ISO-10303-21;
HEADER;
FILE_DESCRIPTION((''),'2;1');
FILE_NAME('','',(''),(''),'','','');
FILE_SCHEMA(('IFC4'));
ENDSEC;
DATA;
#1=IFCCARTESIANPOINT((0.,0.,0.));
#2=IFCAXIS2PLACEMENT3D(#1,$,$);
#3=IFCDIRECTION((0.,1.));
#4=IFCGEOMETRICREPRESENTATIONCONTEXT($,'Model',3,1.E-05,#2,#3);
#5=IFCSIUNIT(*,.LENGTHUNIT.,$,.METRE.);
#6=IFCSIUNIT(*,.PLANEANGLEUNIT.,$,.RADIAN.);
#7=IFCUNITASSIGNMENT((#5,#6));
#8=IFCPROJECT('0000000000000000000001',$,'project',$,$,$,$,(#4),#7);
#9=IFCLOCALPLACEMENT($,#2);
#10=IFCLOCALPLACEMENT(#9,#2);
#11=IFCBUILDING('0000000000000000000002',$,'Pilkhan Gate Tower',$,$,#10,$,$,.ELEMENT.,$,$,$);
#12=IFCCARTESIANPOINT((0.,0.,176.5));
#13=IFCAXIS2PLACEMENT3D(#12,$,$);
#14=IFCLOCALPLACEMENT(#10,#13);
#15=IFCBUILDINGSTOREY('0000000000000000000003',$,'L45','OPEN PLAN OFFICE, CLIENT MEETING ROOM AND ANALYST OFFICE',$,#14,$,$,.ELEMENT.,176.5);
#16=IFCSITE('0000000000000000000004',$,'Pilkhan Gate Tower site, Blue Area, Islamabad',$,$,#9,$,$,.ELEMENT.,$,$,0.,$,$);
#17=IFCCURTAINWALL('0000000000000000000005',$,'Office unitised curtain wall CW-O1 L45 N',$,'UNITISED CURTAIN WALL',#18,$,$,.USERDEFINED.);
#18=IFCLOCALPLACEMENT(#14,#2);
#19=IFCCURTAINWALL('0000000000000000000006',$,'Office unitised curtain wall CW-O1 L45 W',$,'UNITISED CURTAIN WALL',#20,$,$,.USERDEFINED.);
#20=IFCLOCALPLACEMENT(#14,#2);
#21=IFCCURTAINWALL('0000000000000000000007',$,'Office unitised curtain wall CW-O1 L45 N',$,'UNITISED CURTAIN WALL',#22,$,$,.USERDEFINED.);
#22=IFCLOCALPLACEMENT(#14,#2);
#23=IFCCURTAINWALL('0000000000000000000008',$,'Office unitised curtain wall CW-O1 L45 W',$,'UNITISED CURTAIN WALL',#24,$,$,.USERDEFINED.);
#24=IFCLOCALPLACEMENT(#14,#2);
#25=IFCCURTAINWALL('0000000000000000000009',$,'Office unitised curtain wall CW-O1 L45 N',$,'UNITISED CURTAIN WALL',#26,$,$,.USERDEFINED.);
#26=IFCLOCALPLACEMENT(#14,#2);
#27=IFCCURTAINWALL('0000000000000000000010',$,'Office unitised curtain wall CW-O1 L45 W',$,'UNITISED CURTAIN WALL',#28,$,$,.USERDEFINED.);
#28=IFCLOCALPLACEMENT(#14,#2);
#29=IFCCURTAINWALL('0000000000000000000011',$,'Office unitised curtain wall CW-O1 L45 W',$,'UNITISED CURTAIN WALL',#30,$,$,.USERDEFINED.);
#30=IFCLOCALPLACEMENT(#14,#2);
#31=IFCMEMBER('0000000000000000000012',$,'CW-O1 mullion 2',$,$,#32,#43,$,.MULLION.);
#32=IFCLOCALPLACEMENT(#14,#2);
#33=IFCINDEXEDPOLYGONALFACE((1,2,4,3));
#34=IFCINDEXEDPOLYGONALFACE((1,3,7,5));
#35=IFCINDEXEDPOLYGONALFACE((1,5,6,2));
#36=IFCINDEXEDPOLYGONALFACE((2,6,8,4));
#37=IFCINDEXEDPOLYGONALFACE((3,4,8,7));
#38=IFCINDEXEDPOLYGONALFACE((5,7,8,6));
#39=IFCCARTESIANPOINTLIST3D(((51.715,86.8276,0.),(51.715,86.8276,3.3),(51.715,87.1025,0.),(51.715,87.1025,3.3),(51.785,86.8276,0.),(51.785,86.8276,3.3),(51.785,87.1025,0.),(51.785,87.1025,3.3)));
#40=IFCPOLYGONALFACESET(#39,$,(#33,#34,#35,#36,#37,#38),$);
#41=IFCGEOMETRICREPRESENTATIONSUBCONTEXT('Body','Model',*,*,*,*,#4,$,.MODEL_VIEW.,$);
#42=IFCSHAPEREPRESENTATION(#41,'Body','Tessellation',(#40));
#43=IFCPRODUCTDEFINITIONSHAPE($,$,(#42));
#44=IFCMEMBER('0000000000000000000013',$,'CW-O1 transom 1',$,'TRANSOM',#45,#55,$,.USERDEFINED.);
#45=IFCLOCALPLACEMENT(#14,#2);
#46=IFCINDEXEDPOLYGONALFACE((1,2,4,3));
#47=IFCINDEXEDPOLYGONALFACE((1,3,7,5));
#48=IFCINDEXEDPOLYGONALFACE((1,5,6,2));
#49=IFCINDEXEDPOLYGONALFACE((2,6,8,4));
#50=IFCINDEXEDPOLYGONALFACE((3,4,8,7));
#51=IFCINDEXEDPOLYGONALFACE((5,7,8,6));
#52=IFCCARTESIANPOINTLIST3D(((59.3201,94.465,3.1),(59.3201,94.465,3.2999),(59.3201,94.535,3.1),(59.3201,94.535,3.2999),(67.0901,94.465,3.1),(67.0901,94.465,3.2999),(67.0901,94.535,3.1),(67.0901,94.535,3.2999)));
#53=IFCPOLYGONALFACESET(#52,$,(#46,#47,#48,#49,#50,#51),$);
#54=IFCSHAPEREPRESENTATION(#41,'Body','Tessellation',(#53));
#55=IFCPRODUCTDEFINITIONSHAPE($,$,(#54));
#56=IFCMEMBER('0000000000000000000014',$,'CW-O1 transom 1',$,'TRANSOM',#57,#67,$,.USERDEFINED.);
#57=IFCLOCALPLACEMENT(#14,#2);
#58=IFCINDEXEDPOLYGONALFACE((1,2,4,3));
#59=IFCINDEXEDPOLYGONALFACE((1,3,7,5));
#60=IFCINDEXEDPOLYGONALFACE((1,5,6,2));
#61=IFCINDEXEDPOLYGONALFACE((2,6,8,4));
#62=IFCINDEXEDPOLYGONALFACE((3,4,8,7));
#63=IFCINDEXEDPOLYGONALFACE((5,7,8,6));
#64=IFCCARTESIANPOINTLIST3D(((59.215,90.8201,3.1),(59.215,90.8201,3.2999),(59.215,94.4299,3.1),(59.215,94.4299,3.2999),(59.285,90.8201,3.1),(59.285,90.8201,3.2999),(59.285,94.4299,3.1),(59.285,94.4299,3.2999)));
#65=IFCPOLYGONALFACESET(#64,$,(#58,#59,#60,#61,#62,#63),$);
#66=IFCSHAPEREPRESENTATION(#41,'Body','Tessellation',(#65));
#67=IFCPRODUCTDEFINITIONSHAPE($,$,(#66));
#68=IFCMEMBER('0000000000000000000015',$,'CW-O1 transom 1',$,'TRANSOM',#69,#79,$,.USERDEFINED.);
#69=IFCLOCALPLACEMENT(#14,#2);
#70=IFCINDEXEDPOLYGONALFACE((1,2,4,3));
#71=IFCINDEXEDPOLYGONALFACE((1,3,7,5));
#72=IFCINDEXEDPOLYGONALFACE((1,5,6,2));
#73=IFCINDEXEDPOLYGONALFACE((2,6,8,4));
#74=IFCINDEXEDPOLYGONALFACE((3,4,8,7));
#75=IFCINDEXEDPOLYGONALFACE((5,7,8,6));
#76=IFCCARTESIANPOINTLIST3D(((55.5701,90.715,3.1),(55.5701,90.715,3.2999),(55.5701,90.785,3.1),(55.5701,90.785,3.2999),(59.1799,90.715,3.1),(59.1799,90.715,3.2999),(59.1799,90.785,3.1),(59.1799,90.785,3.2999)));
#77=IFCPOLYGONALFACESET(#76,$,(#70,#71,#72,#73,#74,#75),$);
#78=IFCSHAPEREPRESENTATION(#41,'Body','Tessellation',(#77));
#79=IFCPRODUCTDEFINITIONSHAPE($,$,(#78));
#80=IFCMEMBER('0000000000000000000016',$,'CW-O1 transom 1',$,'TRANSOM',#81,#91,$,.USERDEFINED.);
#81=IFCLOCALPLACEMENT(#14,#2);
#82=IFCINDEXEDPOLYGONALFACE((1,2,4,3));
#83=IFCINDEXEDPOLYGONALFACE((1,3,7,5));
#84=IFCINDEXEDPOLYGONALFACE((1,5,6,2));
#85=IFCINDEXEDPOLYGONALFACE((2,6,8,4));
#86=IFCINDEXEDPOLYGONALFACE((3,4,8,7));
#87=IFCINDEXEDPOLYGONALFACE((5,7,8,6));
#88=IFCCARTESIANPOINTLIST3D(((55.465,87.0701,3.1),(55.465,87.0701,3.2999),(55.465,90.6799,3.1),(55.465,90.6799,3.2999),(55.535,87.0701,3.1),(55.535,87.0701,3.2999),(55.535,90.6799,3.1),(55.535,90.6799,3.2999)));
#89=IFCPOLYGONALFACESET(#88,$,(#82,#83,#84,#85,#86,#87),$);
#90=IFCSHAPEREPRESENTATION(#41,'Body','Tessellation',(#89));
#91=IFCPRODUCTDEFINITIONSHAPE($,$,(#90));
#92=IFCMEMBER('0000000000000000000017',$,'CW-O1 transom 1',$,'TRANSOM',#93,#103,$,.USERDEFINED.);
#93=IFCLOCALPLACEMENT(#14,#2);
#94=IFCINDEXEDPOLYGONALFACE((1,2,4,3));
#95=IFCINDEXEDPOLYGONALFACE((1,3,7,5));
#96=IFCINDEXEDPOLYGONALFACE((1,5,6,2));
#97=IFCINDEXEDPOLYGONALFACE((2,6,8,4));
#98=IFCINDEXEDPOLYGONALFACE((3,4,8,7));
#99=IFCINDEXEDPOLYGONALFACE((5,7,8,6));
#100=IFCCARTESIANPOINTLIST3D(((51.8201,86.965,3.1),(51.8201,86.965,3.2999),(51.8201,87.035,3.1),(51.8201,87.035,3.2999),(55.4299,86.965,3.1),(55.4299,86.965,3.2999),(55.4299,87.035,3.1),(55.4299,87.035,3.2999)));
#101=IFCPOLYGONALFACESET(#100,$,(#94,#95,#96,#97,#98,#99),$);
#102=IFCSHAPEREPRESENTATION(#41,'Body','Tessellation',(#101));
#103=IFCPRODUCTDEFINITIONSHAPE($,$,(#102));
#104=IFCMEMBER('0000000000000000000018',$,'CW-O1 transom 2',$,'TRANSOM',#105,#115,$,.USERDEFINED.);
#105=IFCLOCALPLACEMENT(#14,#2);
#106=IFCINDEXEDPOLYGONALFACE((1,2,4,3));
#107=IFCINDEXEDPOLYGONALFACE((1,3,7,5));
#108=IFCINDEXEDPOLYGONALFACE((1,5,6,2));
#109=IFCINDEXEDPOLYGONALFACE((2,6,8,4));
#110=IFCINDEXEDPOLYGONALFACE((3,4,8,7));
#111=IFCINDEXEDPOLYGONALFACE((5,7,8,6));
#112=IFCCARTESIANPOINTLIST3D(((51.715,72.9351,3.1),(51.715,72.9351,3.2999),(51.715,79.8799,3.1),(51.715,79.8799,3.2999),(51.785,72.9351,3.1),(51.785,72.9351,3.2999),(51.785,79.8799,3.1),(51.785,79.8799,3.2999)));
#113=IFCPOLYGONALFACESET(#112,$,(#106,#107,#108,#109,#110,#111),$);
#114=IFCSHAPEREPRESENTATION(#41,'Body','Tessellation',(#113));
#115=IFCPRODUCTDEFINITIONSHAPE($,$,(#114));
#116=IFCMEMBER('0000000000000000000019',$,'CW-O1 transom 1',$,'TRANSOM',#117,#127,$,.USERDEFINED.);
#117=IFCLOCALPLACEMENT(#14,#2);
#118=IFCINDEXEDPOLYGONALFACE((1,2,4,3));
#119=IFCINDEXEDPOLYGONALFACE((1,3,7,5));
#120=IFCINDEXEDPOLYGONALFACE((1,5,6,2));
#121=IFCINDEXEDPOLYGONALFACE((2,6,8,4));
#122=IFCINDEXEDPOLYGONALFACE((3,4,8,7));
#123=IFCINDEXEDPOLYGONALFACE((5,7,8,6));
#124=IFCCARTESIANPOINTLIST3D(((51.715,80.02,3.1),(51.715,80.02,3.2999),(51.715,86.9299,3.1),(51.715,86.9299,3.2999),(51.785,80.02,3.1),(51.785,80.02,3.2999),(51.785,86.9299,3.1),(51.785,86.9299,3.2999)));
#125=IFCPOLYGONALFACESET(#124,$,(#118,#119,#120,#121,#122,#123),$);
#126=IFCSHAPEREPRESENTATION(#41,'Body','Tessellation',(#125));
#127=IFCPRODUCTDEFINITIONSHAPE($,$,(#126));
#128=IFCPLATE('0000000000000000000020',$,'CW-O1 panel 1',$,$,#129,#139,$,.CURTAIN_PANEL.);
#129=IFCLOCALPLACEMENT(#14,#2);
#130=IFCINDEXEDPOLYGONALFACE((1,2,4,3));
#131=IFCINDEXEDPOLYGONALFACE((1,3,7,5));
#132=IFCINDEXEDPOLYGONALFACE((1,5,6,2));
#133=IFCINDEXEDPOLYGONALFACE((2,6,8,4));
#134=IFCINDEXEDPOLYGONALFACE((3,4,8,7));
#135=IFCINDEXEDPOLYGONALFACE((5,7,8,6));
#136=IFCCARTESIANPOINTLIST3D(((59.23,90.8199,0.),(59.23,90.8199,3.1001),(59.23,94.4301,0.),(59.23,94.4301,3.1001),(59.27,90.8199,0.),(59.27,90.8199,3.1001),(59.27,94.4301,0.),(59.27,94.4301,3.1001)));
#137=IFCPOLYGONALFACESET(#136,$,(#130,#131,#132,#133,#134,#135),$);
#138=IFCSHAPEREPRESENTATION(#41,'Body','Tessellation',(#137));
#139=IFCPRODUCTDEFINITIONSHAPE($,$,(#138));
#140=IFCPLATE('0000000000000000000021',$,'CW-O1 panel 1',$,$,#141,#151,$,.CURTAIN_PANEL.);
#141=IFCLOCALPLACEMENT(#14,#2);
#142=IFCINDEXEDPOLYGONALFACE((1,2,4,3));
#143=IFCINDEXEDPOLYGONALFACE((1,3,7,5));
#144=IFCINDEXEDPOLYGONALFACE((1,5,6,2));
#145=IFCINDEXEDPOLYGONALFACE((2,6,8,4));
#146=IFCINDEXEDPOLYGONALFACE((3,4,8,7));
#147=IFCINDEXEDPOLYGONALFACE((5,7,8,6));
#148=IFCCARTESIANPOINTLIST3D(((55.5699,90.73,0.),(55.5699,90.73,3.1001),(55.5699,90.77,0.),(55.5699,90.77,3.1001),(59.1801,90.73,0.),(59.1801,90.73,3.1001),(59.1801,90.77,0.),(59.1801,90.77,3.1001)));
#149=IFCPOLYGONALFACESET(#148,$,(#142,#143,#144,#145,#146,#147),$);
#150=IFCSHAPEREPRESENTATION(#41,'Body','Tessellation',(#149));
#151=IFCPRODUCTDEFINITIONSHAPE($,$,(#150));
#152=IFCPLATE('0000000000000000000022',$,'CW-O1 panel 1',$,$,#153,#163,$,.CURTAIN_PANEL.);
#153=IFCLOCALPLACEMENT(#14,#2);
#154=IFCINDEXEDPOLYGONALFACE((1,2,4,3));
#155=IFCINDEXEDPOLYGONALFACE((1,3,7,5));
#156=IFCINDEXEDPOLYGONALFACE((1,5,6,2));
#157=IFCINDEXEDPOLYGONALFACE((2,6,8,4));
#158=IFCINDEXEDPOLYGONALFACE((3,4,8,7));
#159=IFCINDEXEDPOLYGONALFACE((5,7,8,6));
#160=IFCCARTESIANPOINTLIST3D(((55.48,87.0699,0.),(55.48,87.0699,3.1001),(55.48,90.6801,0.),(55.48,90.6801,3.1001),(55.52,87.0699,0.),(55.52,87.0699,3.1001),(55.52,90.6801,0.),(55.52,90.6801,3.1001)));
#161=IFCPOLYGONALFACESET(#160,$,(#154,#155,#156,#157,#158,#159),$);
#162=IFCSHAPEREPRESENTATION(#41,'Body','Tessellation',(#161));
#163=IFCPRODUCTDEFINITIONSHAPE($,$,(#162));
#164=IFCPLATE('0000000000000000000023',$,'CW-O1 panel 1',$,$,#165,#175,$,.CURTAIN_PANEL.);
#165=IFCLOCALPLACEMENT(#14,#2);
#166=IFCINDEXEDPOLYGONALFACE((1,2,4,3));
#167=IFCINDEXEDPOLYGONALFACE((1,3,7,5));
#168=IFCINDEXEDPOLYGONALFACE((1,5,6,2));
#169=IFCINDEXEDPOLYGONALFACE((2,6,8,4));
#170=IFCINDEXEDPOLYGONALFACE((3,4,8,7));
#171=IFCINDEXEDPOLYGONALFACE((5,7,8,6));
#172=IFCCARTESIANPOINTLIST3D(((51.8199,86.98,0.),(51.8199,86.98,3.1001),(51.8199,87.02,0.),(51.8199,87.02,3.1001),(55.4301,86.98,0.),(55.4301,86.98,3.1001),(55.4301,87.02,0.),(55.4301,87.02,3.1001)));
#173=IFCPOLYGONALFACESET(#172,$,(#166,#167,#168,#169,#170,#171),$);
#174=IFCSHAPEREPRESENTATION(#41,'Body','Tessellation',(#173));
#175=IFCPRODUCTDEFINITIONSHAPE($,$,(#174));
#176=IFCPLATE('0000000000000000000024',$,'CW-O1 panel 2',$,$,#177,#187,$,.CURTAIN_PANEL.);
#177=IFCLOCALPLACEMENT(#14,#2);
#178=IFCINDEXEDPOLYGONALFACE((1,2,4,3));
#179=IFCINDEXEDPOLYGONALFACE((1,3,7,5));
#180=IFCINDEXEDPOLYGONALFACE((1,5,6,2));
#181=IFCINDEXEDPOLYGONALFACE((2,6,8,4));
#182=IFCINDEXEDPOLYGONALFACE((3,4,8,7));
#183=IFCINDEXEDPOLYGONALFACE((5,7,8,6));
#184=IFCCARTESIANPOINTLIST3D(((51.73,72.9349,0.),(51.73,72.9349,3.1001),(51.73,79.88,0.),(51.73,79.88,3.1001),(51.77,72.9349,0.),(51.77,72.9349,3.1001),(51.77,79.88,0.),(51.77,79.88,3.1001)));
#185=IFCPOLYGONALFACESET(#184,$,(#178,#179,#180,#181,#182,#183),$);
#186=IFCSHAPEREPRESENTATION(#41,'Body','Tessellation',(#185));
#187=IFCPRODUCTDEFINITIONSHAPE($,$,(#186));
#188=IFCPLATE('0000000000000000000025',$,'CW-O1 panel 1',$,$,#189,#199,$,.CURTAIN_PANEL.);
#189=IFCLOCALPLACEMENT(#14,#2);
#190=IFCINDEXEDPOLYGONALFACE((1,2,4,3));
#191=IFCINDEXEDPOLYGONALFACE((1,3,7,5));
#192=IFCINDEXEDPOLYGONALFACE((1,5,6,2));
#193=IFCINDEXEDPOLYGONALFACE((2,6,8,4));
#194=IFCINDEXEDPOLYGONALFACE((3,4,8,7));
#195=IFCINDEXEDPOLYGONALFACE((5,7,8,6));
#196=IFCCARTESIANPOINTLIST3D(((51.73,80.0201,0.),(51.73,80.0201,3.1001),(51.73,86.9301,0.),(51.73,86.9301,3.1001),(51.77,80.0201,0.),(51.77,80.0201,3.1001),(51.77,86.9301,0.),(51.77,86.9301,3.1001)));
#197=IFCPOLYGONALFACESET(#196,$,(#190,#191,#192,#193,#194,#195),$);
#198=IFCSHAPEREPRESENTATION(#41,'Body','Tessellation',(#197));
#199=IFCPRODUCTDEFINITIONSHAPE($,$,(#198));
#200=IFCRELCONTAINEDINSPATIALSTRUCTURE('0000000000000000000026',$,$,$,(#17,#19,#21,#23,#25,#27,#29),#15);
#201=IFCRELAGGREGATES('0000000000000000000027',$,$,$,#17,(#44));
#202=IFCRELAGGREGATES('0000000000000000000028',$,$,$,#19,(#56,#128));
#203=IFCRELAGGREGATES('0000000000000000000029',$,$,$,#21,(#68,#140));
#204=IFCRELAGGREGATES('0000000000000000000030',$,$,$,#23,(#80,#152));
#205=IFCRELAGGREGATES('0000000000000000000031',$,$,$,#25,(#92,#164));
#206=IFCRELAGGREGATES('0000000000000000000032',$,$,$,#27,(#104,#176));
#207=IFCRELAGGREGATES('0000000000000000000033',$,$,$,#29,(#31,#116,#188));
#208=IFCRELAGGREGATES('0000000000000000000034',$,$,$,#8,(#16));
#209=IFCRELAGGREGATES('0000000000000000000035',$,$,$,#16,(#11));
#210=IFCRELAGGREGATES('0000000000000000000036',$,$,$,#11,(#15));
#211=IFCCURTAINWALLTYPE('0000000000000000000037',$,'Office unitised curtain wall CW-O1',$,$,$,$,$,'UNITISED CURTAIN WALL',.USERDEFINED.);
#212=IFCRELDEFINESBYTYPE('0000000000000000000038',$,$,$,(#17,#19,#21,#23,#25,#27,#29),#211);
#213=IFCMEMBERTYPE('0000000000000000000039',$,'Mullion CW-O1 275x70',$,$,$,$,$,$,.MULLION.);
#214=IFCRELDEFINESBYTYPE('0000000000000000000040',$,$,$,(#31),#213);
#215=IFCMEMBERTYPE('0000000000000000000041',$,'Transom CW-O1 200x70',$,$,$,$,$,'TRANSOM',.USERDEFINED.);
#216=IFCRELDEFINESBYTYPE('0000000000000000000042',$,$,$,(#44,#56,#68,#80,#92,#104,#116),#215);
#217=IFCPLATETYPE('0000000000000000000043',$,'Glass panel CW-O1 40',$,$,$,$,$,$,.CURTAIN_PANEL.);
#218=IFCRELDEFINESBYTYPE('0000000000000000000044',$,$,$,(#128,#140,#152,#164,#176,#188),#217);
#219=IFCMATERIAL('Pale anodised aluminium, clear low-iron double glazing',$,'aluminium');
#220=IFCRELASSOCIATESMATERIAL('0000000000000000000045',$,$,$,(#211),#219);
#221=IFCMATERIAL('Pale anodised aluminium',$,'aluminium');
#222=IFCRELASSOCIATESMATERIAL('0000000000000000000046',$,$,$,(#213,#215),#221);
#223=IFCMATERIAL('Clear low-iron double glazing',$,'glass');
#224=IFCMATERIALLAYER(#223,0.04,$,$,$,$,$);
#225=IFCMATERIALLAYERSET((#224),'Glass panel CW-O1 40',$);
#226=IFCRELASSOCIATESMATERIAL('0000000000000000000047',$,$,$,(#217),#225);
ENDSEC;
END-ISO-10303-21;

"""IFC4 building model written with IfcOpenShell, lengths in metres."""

from ifc_helpers import new_model, si_unit, direction, frame, origin, origin_2d, place, context, subcontext, project, spatial, rectangle, extrude, material, layer, layer_set, material_profile, profile_set, type_object, element, aggregate, save


model = new_model("IFC4")

# Units and contexts
model_context = context("Model", 3, precision=1e-05, world=origin(), true_north=direction((0.0, 1.0)))
body_context = subcontext(model_context, "Body", "Model", "MODEL_VIEW")
ifc_project = project(units=[si_unit("LENGTHUNIT", "METRE"), si_unit("PLANEANGLEUNIT", "RADIAN")], contexts=[model_context])

# Site, building, storey
site_placement = place(None, origin())
site = spatial("IfcSite", under=ifc_project, at=site_placement, Name="Pilkhan Gate Tower site, Blue Area, Islamabad", CompositionType="ELEMENT", RefElevation=0.0)
building_placement = place(site_placement, origin())
building = spatial("IfcBuilding", under=site, at=building_placement, Name="Pilkhan Gate Tower", CompositionType="ELEMENT")
storey_placement = place(building_placement, frame((0.0, 0.0, 176.5)))
storey = spatial("IfcBuildingStorey", under=building, at=storey_placement, Name="L45", Description="OPEN PLAN OFFICE, CLIENT MEETING ROOM AND ANALYST OFFICE", CompositionType="ELEMENT", Elevation=176.5)

# Curtain wall
ifc_material_1 = material(Name="Pale anodised aluminium, clear low-iron double glazing", Category="aluminium")
curtain_wall_type = type_object("IfcCurtainWallType", Name="Office unitised curtain wall CW-O1", ElementType="UNITISED CURTAIN WALL", PredefinedType="USERDEFINED", material=ifc_material_1)
curtain_wall_1_placement = place(storey_placement, origin())
curtain_wall_1 = element("IfcCurtainWall", 1, at=curtain_wall_1_placement, inside=storey, type_object=curtain_wall_type, Name="Office unitised curtain wall CW-O1 L45 N", ObjectType="UNITISED CURTAIN WALL", PredefinedType="USERDEFINED")
ifc_material_2 = material(Name="Pale anodised aluminium", Category="aluminium")
ifc_material_profile_1 = material_profile(ifc_material_2, rectangle(XDim=0.0701, YDim=0.2749, at=origin_2d()), Name="Mullion 275x70")
ifc_profile_set_1 = profile_set([ifc_material_profile_1], Name="Pale anodised aluminium")
member_type_1 = type_object("IfcMemberType", Name="Mullion CW-O1 275x70", PredefinedType="MULLION", material=ifc_profile_set_1)

# Curtain walls
curtain_wall_2_placement = place(storey_placement, origin())
curtain_wall_2 = element("IfcCurtainWall", 2, at=curtain_wall_2_placement, inside=storey, type_object=curtain_wall_type, Name="Office unitised curtain wall CW-O1 L45 W", ObjectType="UNITISED CURTAIN WALL", PredefinedType="USERDEFINED")
curtain_wall_3_placement = place(storey_placement, origin())
curtain_wall_3 = element("IfcCurtainWall", 3, at=curtain_wall_3_placement, inside=storey, type_object=curtain_wall_type, Name="Office unitised curtain wall CW-O1 L45 N", ObjectType="UNITISED CURTAIN WALL", PredefinedType="USERDEFINED")
curtain_wall_4_placement = place(storey_placement, origin())
curtain_wall_4 = element("IfcCurtainWall", 4, at=curtain_wall_4_placement, inside=storey, type_object=curtain_wall_type, Name="Office unitised curtain wall CW-O1 L45 W", ObjectType="UNITISED CURTAIN WALL", PredefinedType="USERDEFINED")
curtain_wall_5_placement = place(storey_placement, origin())
curtain_wall_5 = element("IfcCurtainWall", 5, at=curtain_wall_5_placement, inside=storey, type_object=curtain_wall_type, Name="Office unitised curtain wall CW-O1 L45 N", ObjectType="UNITISED CURTAIN WALL", PredefinedType="USERDEFINED")

# Curtain wall
curtain_wall_6_placement = place(storey_placement, origin())
curtain_wall_6 = element("IfcCurtainWall", 6, at=curtain_wall_6_placement, inside=storey, type_object=curtain_wall_type, Name="Office unitised curtain wall CW-O1 L45 W", ObjectType="UNITISED CURTAIN WALL", PredefinedType="USERDEFINED")

# Curtain wall, member
curtain_wall_7_placement = place(storey_placement, origin())
curtain_wall_7 = element("IfcCurtainWall", 7, at=curtain_wall_7_placement, inside=storey, type_object=curtain_wall_type, Name="Office unitised curtain wall CW-O1 L45 W", ObjectType="UNITISED CURTAIN WALL", PredefinedType="USERDEFINED")
member_1_placement = place(storey_placement, frame((51.75, 86.9651, 0.0), z_axis=(0.0, 0.0, 1.0), x_axis=(-1.0, 0.0, 0.0)))
member_1 = element("IfcMember", 8, at=member_1_placement, type_object=member_type_1, Name="CW-O1 mullion 2", PredefinedType="MULLION", context=body_context, shape_type="SweptSolid", body=[
    extrude(rectangle(XDim=0.0701, YDim=0.2749, at=origin_2d()), origin(), (0.0, 0.0, 1.0), 3.3),
])

# Members
ifc_material_profile_2 = material_profile(ifc_material_2, rectangle(XDim=0.0701, YDim=0.2, at=origin_2d()), Name="Transom 200x70")
ifc_profile_set_2 = profile_set([ifc_material_profile_2], Name="Pale anodised aluminium")
member_type_2 = type_object("IfcMemberType", Name="Transom CW-O1 200x70", ElementType="TRANSOM", PredefinedType="USERDEFINED", material=ifc_profile_set_2)
member_2_placement = place(storey_placement, frame((59.3201, 94.5, 3.2), z_axis=(1.0, 0.0, 0.0), x_axis=(0.0, 1.0, 0.0)))
member_2 = element("IfcMember", 9, at=member_2_placement, type_object=member_type_2, Name="CW-O1 transom 1", ObjectType="TRANSOM", PredefinedType="USERDEFINED", context=body_context, shape_type="SweptSolid", body=[
    extrude(rectangle(XDim=0.0701, YDim=0.2, at=origin_2d()), origin(), (0.0, 0.0, 1.0), 7.77),
])
aggregate(curtain_wall_1, [member_2])
member_3_placement = place(storey_placement, frame((59.25, 90.8201, 3.2), z_axis=(0.0, 1.0, 0.0), x_axis=(-1.0, 0.0, 0.0)))
member_3 = element("IfcMember", 10, at=member_3_placement, type_object=member_type_2, Name="CW-O1 transom 1", ObjectType="TRANSOM", PredefinedType="USERDEFINED", context=body_context, shape_type="SweptSolid", body=[
    extrude(rectangle(XDim=0.0701, YDim=0.2, at=origin_2d()), origin(), (0.0, 0.0, 1.0), 3.6099),
])
member_4_placement = place(storey_placement, frame((55.5701, 90.75, 3.2), z_axis=(1.0, 0.0, 0.0), x_axis=(0.0, 1.0, 0.0)))
member_4 = element("IfcMember", 11, at=member_4_placement, type_object=member_type_2, Name="CW-O1 transom 1", ObjectType="TRANSOM", PredefinedType="USERDEFINED", context=body_context, shape_type="SweptSolid", body=[
    extrude(rectangle(XDim=0.0701, YDim=0.2, at=origin_2d()), origin(), (0.0, 0.0, 1.0), 3.6099),
])
member_5_placement = place(storey_placement, frame((55.5, 87.0701, 3.2), z_axis=(0.0, 1.0, 0.0), x_axis=(-1.0, 0.0, 0.0)))
member_5 = element("IfcMember", 12, at=member_5_placement, type_object=member_type_2, Name="CW-O1 transom 1", ObjectType="TRANSOM", PredefinedType="USERDEFINED", context=body_context, shape_type="SweptSolid", body=[
    extrude(rectangle(XDim=0.0701, YDim=0.2, at=origin_2d()), origin(), (0.0, 0.0, 1.0), 3.6099),
])
member_6_placement = place(storey_placement, frame((51.8201, 87.0, 3.2), z_axis=(1.0, 0.0, 0.0), x_axis=(0.0, 1.0, 0.0)))
member_6 = element("IfcMember", 13, at=member_6_placement, type_object=member_type_2, Name="CW-O1 transom 1", ObjectType="TRANSOM", PredefinedType="USERDEFINED", context=body_context, shape_type="SweptSolid", body=[
    extrude(rectangle(XDim=0.0701, YDim=0.2, at=origin_2d()), origin(), (0.0, 0.0, 1.0), 3.6099),
])
member_7_placement = place(storey_placement, frame((51.75, 72.9351, 3.2), z_axis=(0.0, 1.0, 0.0), x_axis=(-1.0, 0.0, 0.0)))
member_7 = element("IfcMember", 14, at=member_7_placement, type_object=member_type_2, Name="CW-O1 transom 2", ObjectType="TRANSOM", PredefinedType="USERDEFINED", context=body_context, shape_type="SweptSolid", body=[
    extrude(rectangle(XDim=0.0701, YDim=0.2, at=origin_2d()), origin(), (0.0, 0.0, 1.0), 6.9448),
])
member_8_placement = place(storey_placement, frame((51.75, 80.02, 3.2), z_axis=(0.0, 1.0, 0.0), x_axis=(-1.0, 0.0, 0.0)))
member_8 = element("IfcMember", 15, at=member_8_placement, type_object=member_type_2, Name="CW-O1 transom 1", ObjectType="TRANSOM", PredefinedType="USERDEFINED", context=body_context, shape_type="SweptSolid", body=[
    extrude(rectangle(XDim=0.0701, YDim=0.2, at=origin_2d()), origin(), (0.0, 0.0, 1.0), 6.9099),
])

# Plates
ifc_material_3 = material(Name="Clear low-iron double glazing", Category="glass")
ifc_layer_1 = layer(ifc_material_3, 0.04)
ifc_layer_set_1 = layer_set([ifc_layer_1], Name="Glass panel CW-O1 40")
plate_type = type_object("IfcPlateType", Name="Glass panel CW-O1 40", PredefinedType="CURTAIN_PANEL", material=ifc_layer_set_1)
plate_1_placement = place(storey_placement, frame((59.25, 92.625, 0.0), z_axis=(0.0, 0.0, 1.0), x_axis=(0.0, 1.0, 0.0)))
plate_1 = element("IfcPlate", 16, at=plate_1_placement, type_object=plate_type, Name="CW-O1 panel 1", PredefinedType="CURTAIN_PANEL", context=body_context, shape_type="SweptSolid", body=[
    extrude(rectangle(XDim=3.6101, YDim=0.04, at=origin_2d()), origin(), (0.0, 0.0, 1.0), 3.1001),
])
aggregate(curtain_wall_2, [member_3, plate_1])
plate_2_placement = place(storey_placement, frame((57.375, 90.75, 0.0), z_axis=(0.0, 0.0, 1.0), x_axis=(1.0, 0.0, 0.0)))
plate_2 = element("IfcPlate", 17, at=plate_2_placement, type_object=plate_type, Name="CW-O1 panel 1", PredefinedType="CURTAIN_PANEL", context=body_context, shape_type="SweptSolid", body=[
    extrude(rectangle(XDim=3.6101, YDim=0.04, at=origin_2d()), origin(), (0.0, 0.0, 1.0), 3.1001),
])
aggregate(curtain_wall_3, [member_4, plate_2])
plate_3_placement = place(storey_placement, frame((55.5, 88.875, 0.0), z_axis=(0.0, 0.0, 1.0), x_axis=(0.0, 1.0, 0.0)))
plate_3 = element("IfcPlate", 18, at=plate_3_placement, type_object=plate_type, Name="CW-O1 panel 1", PredefinedType="CURTAIN_PANEL", context=body_context, shape_type="SweptSolid", body=[
    extrude(rectangle(XDim=3.6101, YDim=0.04, at=origin_2d()), origin(), (0.0, 0.0, 1.0), 3.1001),
])
aggregate(curtain_wall_4, [member_5, plate_3])
plate_4_placement = place(storey_placement, frame((53.625, 87.0, 0.0), z_axis=(0.0, 0.0, 1.0), x_axis=(1.0, 0.0, 0.0)))
plate_4 = element("IfcPlate", 19, at=plate_4_placement, type_object=plate_type, Name="CW-O1 panel 1", PredefinedType="CURTAIN_PANEL", context=body_context, shape_type="SweptSolid", body=[
    extrude(rectangle(XDim=3.6101, YDim=0.04, at=origin_2d()), origin(), (0.0, 0.0, 1.0), 3.1001),
])
aggregate(curtain_wall_5, [member_6, plate_4])
plate_5_placement = place(storey_placement, frame((51.75, 76.4075, 0.0), z_axis=(0.0, 0.0, 1.0), x_axis=(0.0, 1.0, 0.0)))
plate_5 = element("IfcPlate", 20, at=plate_5_placement, type_object=plate_type, Name="CW-O1 panel 2", PredefinedType="CURTAIN_PANEL", context=body_context, shape_type="SweptSolid", body=[
    extrude(rectangle(XDim=6.9451, YDim=0.04, at=origin_2d()), origin(), (0.0, 0.0, 1.0), 3.1001),
])
aggregate(curtain_wall_6, [member_7, plate_5])
plate_6_placement = place(storey_placement, frame((51.75, 83.4751, 0.0), z_axis=(0.0, 0.0, 1.0), x_axis=(0.0, 1.0, 0.0)))
plate_6 = element("IfcPlate", 21, at=plate_6_placement, type_object=plate_type, Name="CW-O1 panel 1", PredefinedType="CURTAIN_PANEL", context=body_context, shape_type="SweptSolid", body=[
    extrude(rectangle(XDim=6.9099, YDim=0.04, at=origin_2d()), origin(), (0.0, 0.0, 1.0), 3.1001),
])
aggregate(curtain_wall_7, [member_1, member_8, plate_6])

save(model, "model.ifc")
